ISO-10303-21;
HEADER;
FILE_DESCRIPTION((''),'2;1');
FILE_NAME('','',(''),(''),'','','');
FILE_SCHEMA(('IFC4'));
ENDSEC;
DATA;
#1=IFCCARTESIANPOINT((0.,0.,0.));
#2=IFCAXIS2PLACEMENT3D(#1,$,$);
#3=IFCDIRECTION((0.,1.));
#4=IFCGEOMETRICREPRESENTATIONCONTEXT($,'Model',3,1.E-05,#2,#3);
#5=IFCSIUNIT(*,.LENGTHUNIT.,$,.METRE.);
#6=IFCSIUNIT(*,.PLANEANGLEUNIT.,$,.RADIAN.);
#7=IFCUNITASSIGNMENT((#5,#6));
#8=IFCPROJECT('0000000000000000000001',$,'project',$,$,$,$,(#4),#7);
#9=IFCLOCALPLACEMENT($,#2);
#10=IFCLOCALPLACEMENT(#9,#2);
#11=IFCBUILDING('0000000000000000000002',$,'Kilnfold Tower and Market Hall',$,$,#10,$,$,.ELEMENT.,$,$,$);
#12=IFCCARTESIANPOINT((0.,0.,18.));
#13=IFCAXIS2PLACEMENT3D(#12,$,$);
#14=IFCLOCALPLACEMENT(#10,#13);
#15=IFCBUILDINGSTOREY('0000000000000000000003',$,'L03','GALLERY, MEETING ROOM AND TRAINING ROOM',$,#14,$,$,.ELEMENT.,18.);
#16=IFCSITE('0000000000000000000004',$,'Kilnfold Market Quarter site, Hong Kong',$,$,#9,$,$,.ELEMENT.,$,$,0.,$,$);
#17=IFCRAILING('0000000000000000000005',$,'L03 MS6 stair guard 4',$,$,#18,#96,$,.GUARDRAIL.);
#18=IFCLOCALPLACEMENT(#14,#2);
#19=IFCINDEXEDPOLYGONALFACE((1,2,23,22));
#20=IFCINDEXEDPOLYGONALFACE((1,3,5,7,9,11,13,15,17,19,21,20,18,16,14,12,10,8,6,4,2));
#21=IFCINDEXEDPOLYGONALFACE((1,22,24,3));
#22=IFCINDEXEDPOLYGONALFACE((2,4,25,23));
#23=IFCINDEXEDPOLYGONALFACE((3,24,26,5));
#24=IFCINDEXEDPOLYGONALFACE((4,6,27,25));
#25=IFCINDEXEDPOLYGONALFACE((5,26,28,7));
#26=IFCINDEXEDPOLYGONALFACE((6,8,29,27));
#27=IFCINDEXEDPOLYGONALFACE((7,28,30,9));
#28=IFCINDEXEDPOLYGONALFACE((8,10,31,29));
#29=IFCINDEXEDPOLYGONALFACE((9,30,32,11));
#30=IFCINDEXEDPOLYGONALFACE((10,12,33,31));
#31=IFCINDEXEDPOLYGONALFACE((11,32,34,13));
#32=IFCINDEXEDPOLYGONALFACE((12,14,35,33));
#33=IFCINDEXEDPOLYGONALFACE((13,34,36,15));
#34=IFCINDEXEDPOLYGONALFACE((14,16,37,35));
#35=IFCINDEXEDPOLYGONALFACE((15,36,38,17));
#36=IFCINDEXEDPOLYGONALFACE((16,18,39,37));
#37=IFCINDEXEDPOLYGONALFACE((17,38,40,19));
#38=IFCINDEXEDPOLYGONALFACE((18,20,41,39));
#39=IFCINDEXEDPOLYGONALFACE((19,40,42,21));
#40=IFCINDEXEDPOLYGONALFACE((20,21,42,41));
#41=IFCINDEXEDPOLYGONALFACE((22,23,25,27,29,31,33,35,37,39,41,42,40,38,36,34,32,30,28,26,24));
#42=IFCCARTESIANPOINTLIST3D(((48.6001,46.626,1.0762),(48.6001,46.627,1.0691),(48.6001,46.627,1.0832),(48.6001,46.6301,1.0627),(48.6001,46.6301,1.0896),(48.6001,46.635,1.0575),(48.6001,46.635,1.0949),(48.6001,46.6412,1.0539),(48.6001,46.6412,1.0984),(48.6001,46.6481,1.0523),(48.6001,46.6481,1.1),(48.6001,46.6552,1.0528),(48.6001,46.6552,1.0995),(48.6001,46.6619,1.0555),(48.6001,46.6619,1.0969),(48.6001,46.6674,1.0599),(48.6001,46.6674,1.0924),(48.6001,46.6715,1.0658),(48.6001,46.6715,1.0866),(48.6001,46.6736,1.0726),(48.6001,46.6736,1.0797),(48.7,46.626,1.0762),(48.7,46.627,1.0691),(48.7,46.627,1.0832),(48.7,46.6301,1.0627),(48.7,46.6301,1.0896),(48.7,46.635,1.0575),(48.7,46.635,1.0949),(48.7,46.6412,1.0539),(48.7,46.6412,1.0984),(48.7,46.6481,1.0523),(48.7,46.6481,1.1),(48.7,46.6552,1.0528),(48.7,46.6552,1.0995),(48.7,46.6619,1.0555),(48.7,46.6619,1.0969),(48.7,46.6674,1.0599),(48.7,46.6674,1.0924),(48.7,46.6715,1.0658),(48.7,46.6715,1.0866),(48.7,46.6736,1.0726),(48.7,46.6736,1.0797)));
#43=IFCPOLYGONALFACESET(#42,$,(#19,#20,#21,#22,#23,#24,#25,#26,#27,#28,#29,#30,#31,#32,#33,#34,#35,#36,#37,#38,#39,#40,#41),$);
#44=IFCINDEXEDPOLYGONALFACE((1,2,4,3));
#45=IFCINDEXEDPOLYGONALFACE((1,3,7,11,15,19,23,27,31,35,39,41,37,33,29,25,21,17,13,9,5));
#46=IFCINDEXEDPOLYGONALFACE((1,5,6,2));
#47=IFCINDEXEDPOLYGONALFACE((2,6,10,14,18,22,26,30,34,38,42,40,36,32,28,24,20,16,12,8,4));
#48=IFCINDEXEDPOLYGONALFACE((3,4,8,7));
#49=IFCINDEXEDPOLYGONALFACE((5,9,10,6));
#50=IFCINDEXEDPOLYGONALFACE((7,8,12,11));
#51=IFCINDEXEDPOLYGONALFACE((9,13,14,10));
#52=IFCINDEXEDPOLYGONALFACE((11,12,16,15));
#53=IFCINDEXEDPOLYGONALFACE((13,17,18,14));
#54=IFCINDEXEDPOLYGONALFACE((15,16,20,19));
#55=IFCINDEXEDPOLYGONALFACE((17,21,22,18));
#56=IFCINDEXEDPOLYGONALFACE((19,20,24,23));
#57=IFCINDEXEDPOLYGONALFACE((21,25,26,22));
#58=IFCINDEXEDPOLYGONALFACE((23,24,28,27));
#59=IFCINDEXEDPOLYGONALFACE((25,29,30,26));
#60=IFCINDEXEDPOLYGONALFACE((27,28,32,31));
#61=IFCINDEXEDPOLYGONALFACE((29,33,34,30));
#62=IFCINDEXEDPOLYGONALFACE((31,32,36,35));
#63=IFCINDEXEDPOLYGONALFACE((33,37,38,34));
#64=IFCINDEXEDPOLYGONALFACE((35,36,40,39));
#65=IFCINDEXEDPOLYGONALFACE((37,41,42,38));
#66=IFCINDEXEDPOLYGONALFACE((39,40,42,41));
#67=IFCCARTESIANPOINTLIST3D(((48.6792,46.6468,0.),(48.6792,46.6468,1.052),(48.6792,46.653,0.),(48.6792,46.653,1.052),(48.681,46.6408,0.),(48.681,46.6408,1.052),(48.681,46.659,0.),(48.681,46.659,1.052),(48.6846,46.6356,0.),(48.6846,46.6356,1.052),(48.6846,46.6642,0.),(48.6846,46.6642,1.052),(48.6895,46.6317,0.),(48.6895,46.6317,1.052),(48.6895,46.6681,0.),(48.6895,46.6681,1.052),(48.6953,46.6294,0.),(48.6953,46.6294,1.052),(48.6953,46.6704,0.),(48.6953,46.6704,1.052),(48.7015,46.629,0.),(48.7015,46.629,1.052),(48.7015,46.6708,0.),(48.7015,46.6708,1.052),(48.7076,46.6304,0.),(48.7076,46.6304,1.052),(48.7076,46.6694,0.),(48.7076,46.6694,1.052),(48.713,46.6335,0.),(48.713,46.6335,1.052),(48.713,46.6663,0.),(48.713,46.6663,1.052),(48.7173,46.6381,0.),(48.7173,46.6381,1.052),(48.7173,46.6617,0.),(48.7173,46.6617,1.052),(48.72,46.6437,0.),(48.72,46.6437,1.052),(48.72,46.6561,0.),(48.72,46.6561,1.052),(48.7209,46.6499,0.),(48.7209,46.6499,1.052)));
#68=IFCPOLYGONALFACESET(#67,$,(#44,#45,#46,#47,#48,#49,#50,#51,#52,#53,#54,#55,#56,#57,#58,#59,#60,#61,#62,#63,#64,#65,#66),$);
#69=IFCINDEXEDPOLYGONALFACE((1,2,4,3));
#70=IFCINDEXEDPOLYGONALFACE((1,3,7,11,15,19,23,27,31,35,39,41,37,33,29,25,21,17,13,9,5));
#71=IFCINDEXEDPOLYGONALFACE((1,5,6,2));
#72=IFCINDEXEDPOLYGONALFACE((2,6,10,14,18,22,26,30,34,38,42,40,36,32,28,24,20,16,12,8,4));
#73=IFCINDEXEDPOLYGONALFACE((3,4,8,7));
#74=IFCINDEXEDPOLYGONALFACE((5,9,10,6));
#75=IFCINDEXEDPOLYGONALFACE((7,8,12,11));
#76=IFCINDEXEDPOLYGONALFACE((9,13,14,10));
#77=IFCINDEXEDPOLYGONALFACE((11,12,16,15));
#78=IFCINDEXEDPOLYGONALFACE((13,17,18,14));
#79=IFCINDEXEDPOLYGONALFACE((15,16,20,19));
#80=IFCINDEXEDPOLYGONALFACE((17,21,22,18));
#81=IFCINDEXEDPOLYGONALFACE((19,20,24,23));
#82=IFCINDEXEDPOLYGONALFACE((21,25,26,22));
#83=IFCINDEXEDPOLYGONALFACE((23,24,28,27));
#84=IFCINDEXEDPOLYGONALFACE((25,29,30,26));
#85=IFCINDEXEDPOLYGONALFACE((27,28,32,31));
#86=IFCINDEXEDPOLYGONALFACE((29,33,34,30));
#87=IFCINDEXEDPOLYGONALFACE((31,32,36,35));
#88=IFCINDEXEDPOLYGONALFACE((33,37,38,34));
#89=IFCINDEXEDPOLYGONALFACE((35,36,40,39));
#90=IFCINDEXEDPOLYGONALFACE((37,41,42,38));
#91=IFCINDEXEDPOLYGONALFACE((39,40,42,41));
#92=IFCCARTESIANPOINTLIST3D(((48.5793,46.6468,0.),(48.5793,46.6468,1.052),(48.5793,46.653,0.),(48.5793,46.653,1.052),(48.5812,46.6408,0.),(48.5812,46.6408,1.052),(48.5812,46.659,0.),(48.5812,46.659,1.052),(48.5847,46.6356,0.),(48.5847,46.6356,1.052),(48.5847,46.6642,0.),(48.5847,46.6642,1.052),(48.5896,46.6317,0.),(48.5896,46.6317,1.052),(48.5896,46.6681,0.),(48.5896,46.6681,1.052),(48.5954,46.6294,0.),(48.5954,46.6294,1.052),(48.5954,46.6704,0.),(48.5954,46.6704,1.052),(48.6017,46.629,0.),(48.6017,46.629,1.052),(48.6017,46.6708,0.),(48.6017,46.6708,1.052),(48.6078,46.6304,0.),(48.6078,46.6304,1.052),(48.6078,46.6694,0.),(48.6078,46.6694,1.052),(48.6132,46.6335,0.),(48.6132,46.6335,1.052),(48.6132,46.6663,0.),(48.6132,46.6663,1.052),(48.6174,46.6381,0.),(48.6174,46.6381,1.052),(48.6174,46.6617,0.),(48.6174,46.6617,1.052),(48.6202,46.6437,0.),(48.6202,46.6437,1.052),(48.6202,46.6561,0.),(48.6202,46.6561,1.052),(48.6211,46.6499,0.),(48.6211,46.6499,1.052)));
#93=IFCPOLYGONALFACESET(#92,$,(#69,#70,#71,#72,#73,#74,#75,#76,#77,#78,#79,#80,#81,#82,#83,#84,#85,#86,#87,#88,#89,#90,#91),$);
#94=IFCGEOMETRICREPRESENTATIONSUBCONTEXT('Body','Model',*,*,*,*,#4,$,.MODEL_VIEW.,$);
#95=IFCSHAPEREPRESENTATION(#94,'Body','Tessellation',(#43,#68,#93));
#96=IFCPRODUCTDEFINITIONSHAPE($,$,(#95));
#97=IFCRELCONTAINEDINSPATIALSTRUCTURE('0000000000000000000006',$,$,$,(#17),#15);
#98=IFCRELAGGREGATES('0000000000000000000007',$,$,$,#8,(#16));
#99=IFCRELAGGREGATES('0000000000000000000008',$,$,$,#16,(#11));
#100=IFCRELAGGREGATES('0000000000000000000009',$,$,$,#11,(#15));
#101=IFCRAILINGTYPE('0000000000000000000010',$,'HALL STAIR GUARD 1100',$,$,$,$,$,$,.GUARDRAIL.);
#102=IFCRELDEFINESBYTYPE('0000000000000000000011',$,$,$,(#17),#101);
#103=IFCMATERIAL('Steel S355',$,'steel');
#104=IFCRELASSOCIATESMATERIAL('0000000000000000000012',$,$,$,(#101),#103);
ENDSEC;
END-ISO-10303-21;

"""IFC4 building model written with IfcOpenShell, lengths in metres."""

from ifc_helpers import new_model, si_unit, direction, frame, origin, origin_2d, place, context, subcontext, project, spatial, circle, extrude, material, type_object, element, save


model = new_model("IFC4")

# Units and contexts
model_context = context("Model", 3, precision=1e-05, world=origin(), true_north=direction((0.0, 1.0)))
body_context = subcontext(model_context, "Body", "Model", "MODEL_VIEW")
ifc_project = project(units=[si_unit("LENGTHUNIT", "METRE"), si_unit("PLANEANGLEUNIT", "RADIAN")], contexts=[model_context])

# Site, building, storey
site_placement = place(None, origin())
site = spatial("IfcSite", under=ifc_project, at=site_placement, Name="Kilnfold Market Quarter site, Hong Kong", CompositionType="ELEMENT", RefElevation=0.0)
building_placement = place(site_placement, origin())
building = spatial("IfcBuilding", under=site, at=building_placement, Name="Kilnfold Tower and Market Hall", CompositionType="ELEMENT")
storey_placement = place(building_placement, frame((0.0, 0.0, 18.0)))
storey = spatial("IfcBuildingStorey", under=building, at=storey_placement, Name="L03", Description="GALLERY, MEETING ROOM AND TRAINING ROOM", CompositionType="ELEMENT", Elevation=18.0)

# Railing
ifc_material_1 = material(Name="Steel S355", Category="steel")
railing_type_1 = type_object("IfcRailingType", Name="HALL STAIR GUARD 1100", PredefinedType="GUARDRAIL", material=ifc_material_1)
railing_1_placement = place(storey_placement, frame((48.7, 46.6499, 0.0)))
element("IfcRailing", 1, at=railing_1_placement, inside=storey, type_object=railing_type_1, Name="L03 MS6 stair guard 4", PredefinedType="GUARDRAIL", context=body_context, shape_type="SweptSolid", body=[
    extrude(circle(Radius=0.0239, at=origin_2d()), frame((0.0, 0.0, 1.0762), z_axis=(-1.0, 0.0, 0.0), x_axis=(0.0, -1.0, 0.0)), (0.0, 0.0, 1.0), 0.0999),
    extrude(circle(Radius=0.021, at=origin_2d()), origin(), (0.0, 0.0, 1.0), 1.052),
    extrude(circle(Radius=0.021, at=origin_2d()), frame((-0.0999, 0.0, 0.0)), (0.0, 0.0, 1.0), 1.052),
])

save(model, "model.ifc")
